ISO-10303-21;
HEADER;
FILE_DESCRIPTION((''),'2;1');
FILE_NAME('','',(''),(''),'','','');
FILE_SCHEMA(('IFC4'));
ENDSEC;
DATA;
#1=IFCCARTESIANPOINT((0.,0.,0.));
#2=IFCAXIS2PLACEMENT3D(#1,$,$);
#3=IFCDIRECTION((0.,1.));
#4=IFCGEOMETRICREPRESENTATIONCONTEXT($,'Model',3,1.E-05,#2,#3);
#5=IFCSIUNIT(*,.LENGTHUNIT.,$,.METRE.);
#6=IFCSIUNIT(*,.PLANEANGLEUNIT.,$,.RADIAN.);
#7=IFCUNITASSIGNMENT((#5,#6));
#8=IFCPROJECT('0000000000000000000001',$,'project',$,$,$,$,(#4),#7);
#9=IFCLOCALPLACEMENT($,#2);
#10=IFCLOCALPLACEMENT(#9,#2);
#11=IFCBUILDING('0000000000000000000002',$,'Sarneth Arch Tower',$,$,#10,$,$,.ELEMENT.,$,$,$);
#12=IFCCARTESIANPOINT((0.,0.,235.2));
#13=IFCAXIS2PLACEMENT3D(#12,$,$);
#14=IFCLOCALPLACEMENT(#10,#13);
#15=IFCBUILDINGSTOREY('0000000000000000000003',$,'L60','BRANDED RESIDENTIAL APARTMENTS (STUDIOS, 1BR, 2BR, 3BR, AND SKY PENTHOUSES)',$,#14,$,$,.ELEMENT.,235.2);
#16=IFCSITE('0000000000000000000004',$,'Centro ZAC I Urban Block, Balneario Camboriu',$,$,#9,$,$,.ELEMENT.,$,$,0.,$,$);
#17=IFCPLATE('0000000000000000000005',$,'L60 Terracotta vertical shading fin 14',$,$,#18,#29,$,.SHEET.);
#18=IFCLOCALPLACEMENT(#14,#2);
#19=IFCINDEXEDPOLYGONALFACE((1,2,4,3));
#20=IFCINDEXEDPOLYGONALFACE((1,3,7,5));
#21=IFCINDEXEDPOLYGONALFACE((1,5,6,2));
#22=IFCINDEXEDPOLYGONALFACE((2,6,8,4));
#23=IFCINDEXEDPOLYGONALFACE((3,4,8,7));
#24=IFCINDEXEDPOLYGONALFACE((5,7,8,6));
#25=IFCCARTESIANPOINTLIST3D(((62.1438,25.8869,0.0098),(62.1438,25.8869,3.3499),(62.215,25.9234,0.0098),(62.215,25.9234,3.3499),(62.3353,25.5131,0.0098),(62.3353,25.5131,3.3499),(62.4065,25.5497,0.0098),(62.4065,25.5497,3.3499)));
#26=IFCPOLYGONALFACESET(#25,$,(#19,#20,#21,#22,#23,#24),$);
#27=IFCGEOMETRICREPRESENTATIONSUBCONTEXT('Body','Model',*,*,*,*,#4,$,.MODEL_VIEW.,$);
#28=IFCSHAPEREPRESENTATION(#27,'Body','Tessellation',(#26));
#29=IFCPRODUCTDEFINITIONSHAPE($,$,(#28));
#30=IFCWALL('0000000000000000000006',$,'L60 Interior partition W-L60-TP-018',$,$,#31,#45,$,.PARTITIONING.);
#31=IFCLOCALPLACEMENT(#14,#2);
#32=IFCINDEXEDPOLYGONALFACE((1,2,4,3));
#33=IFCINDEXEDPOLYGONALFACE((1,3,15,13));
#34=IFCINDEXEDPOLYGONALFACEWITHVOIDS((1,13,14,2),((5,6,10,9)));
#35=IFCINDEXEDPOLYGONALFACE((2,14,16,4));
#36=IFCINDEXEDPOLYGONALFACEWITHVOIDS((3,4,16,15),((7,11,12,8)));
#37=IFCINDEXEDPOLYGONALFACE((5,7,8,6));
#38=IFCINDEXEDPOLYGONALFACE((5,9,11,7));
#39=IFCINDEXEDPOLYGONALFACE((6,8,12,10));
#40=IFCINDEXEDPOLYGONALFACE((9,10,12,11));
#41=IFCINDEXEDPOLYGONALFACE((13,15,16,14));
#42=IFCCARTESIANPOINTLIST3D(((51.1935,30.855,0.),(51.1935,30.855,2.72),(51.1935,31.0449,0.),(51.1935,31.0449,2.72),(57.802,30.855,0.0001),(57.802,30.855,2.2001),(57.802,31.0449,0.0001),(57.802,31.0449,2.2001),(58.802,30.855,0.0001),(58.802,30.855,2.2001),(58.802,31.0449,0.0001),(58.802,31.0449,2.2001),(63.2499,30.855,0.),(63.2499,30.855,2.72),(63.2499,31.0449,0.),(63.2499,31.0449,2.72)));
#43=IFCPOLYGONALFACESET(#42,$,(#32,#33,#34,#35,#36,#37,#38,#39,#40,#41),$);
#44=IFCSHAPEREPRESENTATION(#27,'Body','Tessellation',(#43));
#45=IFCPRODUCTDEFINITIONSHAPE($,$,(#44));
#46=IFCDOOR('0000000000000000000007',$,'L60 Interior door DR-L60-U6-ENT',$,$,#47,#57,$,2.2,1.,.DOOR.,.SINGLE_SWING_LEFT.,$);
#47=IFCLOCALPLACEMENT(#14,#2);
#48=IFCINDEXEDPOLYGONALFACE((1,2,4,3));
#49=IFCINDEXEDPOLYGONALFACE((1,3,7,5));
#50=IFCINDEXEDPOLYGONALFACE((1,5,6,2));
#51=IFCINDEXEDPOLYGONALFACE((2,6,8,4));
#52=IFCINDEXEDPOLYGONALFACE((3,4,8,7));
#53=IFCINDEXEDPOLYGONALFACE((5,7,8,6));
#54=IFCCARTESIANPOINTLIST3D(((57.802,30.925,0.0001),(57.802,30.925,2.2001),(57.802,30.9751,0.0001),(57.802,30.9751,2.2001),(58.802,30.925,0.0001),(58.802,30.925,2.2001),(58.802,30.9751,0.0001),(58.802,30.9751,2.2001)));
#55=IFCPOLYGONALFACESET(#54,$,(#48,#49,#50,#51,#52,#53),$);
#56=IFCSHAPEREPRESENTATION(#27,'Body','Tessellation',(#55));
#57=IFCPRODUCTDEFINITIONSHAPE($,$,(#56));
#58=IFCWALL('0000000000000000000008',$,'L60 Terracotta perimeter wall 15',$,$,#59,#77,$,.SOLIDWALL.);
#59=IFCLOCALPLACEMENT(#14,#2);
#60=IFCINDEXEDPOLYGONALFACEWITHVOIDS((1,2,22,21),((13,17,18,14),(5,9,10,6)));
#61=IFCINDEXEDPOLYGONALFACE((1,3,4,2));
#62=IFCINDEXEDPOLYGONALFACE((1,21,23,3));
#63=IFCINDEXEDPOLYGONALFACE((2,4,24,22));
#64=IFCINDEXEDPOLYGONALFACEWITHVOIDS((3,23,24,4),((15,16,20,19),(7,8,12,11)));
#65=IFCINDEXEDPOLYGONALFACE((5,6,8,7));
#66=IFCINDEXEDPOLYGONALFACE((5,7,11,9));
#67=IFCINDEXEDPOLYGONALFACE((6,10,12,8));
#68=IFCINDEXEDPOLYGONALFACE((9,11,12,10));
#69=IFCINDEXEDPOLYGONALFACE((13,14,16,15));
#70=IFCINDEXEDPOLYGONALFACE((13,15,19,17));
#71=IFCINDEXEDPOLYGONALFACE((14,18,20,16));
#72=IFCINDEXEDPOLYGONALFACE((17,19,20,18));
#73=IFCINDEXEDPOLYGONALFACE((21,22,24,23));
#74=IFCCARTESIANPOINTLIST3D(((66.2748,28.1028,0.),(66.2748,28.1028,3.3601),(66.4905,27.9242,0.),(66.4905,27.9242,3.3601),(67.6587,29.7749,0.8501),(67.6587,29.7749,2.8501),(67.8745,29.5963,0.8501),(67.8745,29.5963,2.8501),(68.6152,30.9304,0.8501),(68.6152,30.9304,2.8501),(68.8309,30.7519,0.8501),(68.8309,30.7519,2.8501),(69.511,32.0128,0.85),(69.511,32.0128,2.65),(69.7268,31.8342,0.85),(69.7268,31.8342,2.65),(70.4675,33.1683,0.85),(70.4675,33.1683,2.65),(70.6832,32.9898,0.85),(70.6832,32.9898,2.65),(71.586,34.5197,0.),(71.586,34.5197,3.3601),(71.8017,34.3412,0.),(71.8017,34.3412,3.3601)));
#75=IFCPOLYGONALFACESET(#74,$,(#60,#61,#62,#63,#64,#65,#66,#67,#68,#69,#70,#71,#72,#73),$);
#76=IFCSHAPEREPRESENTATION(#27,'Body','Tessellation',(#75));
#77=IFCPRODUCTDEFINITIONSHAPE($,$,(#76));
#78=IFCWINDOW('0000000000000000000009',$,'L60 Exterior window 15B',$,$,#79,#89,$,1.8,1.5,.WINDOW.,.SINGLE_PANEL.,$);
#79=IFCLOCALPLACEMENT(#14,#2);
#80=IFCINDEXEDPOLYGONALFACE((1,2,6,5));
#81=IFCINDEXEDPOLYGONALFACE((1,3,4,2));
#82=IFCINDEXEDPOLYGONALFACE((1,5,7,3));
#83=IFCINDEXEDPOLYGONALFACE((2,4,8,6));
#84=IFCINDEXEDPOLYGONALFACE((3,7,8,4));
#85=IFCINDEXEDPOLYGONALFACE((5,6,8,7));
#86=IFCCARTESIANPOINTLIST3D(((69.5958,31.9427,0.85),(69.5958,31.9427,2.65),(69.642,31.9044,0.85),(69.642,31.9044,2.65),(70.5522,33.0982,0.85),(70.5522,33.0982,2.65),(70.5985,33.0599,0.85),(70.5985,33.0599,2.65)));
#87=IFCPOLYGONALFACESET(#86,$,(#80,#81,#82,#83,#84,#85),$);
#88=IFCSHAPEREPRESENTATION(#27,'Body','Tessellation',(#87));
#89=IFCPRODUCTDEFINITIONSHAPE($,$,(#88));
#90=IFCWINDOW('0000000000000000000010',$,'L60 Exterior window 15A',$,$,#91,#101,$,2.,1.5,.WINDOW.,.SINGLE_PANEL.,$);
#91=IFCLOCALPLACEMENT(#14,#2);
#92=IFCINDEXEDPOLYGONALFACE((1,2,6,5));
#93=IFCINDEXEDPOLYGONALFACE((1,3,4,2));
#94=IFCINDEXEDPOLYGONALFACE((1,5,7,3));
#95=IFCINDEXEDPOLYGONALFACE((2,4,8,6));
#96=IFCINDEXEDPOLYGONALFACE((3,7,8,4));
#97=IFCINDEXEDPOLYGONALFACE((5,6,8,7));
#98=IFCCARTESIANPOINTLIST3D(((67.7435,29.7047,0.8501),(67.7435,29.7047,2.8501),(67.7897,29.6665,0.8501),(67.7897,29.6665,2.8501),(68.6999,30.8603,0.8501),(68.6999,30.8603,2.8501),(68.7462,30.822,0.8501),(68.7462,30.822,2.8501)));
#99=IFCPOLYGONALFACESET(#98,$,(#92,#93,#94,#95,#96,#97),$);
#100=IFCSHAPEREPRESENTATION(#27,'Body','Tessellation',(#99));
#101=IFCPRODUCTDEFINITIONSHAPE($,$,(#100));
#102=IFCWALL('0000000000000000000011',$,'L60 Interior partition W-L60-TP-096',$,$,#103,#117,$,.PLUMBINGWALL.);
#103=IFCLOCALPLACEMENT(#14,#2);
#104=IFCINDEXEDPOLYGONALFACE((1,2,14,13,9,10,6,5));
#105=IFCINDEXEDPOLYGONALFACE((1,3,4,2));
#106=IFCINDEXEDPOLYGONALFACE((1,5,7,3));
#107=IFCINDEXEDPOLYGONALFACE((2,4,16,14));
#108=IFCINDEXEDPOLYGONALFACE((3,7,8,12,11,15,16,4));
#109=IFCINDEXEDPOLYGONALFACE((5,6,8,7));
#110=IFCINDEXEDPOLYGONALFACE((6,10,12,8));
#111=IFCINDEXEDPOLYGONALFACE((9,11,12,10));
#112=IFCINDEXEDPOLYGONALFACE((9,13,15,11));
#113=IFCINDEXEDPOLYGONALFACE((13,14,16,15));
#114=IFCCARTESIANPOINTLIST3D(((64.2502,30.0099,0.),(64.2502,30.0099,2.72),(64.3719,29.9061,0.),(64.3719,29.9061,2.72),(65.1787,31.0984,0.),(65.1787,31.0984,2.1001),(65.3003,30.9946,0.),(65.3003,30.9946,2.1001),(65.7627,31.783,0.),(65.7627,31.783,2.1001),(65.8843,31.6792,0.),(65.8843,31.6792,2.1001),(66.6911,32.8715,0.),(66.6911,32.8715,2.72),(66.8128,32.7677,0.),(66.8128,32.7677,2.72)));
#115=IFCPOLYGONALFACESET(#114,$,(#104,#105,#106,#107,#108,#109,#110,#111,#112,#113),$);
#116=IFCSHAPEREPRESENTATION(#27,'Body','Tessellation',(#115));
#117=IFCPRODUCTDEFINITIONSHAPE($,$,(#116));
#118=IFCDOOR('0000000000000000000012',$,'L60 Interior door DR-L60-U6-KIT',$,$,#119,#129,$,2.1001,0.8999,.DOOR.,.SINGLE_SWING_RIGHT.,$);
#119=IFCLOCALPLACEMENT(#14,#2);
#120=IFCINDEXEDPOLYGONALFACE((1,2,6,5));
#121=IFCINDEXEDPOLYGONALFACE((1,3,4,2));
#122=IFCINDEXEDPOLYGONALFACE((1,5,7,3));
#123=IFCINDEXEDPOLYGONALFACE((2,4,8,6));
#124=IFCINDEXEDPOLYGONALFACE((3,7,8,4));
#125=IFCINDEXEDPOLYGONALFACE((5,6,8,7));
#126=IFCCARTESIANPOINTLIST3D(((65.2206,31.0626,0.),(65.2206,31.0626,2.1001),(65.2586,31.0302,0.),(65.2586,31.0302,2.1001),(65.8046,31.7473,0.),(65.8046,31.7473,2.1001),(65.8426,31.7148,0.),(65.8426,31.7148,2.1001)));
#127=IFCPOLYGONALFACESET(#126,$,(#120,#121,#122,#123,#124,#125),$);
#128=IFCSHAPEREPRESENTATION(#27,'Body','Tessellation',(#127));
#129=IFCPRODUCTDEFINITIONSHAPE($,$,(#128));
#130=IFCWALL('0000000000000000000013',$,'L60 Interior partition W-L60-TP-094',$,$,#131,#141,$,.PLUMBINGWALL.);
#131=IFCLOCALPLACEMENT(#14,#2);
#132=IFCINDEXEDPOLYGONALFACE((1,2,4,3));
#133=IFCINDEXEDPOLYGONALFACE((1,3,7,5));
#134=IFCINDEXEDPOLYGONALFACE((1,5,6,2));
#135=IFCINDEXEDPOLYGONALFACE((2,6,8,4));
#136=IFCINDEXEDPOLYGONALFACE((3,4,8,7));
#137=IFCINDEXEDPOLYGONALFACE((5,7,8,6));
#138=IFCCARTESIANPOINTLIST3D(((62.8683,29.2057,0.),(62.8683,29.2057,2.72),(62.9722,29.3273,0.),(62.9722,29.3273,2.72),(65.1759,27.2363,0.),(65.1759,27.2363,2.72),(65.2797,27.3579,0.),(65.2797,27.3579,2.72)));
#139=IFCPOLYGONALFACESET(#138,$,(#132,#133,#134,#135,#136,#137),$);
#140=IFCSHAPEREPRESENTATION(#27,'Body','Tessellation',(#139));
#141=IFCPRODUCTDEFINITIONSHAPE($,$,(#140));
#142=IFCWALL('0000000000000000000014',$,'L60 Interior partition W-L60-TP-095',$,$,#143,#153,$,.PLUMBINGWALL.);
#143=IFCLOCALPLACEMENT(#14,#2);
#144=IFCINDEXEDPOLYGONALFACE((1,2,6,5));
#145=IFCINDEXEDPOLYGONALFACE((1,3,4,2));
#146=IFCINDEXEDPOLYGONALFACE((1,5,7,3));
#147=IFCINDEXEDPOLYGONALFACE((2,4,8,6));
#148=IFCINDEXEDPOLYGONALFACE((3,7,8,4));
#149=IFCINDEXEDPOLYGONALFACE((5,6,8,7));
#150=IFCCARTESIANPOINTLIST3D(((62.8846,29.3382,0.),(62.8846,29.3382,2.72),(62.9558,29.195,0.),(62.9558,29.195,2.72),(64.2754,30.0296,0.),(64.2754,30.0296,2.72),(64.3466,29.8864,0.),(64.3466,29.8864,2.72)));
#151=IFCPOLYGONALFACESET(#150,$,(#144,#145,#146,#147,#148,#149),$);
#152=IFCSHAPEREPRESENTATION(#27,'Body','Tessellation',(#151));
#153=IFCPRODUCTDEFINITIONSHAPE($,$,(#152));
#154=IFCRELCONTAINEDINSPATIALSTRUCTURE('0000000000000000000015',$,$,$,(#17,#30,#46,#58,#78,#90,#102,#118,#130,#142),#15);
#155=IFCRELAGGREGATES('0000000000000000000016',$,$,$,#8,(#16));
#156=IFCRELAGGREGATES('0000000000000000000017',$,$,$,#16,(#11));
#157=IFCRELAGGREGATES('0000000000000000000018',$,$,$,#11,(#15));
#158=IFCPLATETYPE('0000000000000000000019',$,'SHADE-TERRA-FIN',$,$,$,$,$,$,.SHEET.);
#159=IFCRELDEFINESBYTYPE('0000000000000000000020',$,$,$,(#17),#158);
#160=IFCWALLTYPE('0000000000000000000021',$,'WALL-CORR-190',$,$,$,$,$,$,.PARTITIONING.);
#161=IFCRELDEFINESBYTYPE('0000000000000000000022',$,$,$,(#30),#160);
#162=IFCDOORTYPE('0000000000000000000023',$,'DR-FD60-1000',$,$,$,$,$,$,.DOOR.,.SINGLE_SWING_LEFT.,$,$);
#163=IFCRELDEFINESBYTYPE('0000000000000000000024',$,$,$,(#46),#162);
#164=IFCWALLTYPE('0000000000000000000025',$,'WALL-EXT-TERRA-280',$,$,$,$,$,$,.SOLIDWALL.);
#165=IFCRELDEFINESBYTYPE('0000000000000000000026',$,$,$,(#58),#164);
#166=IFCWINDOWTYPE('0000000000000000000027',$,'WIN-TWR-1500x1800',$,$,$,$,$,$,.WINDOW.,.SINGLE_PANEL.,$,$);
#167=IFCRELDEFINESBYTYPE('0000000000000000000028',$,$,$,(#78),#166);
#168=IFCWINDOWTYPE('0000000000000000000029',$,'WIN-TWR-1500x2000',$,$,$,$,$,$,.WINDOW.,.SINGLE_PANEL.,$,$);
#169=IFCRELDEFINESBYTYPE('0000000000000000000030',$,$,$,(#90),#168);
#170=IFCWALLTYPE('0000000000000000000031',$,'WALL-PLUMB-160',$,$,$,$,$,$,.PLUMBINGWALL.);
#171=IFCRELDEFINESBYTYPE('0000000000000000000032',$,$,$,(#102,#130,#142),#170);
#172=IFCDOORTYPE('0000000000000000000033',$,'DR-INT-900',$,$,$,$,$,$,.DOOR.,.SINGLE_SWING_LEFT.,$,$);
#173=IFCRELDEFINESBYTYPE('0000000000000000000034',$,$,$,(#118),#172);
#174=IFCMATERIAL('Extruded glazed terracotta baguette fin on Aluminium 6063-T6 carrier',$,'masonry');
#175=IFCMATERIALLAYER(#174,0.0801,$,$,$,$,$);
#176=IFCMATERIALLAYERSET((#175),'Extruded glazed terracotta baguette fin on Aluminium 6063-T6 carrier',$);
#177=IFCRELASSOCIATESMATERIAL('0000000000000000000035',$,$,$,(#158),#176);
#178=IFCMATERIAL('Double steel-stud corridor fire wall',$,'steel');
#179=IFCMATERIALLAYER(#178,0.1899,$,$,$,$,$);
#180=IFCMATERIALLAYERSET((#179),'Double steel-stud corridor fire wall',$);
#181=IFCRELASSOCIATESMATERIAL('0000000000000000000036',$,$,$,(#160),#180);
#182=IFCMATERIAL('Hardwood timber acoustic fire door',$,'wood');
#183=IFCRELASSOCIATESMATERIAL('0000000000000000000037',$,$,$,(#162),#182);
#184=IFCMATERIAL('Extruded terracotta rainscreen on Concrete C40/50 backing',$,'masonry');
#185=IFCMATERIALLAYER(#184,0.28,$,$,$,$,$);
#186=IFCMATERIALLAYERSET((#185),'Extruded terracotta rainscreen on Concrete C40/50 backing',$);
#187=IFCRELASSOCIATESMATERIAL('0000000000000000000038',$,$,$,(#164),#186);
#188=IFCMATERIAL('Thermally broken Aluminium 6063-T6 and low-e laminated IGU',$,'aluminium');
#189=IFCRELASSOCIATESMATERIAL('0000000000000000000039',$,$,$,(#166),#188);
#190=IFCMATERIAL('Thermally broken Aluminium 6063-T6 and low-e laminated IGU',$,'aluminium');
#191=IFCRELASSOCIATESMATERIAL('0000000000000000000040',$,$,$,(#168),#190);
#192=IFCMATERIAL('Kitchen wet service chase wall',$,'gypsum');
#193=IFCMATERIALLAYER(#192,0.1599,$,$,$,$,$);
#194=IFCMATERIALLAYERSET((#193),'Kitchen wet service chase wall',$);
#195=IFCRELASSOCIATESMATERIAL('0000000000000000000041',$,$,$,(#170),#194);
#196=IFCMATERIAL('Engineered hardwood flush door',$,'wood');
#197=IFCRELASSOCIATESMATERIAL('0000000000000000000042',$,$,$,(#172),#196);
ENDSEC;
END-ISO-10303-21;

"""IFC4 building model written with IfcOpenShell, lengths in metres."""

from ifc_helpers import new_model, si_unit, direction, frame, frame_2d, origin, origin_2d, place, context, subcontext, project, spatial, rectangle, extrude, material, layer, layer_set, type_object, element, fill, save


model = new_model("IFC4")

# Units and contexts
model_context = context("Model", 3, precision=1e-05, world=origin(), true_north=direction((0.0, 1.0)))
body_context = subcontext(model_context, "Body", "Model", "MODEL_VIEW")
ifc_project = project(units=[si_unit("LENGTHUNIT", "METRE"), si_unit("PLANEANGLEUNIT", "RADIAN")], contexts=[model_context])

# Site, building, storey
site_placement = place(None, origin())
site = spatial("IfcSite", under=ifc_project, at=site_placement, Name="Centro ZAC I Urban Block, Balneario Camboriu", CompositionType="ELEMENT", RefElevation=0.0)
building_placement = place(site_placement, origin())
building = spatial("IfcBuilding", under=site, at=building_placement, Name="Sarneth Arch Tower", CompositionType="ELEMENT")
storey_placement = place(building_placement, frame((0.0, 0.0, 235.2)))
storey = spatial("IfcBuildingStorey", under=building, at=storey_placement, Name="L60", Description="BRANDED RESIDENTIAL APARTMENTS (STUDIOS, 1BR, 2BR, 3BR, AND SKY PENTHOUSES)", CompositionType="ELEMENT", Elevation=235.2)

# Plate
ifc_material_1 = material(Name="Extruded glazed terracotta baguette fin on Aluminium 6063-T6 carrier", Category="masonry")
ifc_layer_1 = layer(ifc_material_1, 0.0801)
ifc_layer_set_1 = layer_set([ifc_layer_1], Name="Extruded glazed terracotta baguette fin on Aluminium 6063-T6 carrier")
plate_type_1 = type_object("IfcPlateType", Name="SHADE-TERRA-FIN", PredefinedType="SHEET", material=ifc_layer_set_1)
plate_1_placement = place(storey_placement, frame((62.2751, 25.7183, 0.0098), z_axis=(0.0, 0.0, 1.0), x_axis=(0.456011, -0.889974, 0.0)))
element("IfcPlate", 1, at=plate_1_placement, inside=storey, type_object=plate_type_1, Name="L60 Terracotta vertical shading fin 14", PredefinedType="SHEET", context=body_context, shape_type="SweptSolid", body=[
    extrude(rectangle(XDim=0.4199, YDim=0.0801, at=origin_2d()), origin(), (0.0, 0.0, 1.0), 3.3401),
])

# Wall, opening, door
ifc_material_2 = material(Name="Double steel-stud corridor fire wall", Category="steel")
ifc_layer_2 = layer(ifc_material_2, 0.1899)
ifc_layer_set_2 = layer_set([ifc_layer_2], Name="Double steel-stud corridor fire wall")
wall_type_1 = type_object("IfcWallType", Name="WALL-CORR-190", PredefinedType="PARTITIONING", material=ifc_layer_set_2)
wall_1_placement = place(storey_placement, frame((63.25, 30.95, 0.0), z_axis=(0.0, 0.0, 1.0), x_axis=(-1.0, 0.0, 0.0)))
wall_1 = element("IfcWall", 2, at=wall_1_placement, inside=storey, type_object=wall_type_1, Name="L60 Interior partition W-L60-TP-018", PredefinedType="PARTITIONING", context=body_context, shape_type="SweptSolid", body=[
    extrude(rectangle(XDim=12.0564, YDim=0.1899, at=frame_2d((6.0283, 0.0))), origin(), (0.0, 0.0, 1.0), 2.72),
])
opening_1_placement = place(wall_1_placement, frame((4.448, 0.0, 0.0)))
opening_1 = element("IfcOpeningElement", 3, at=opening_1_placement, cuts=wall_1, PredefinedType="OPENING", context=body_context, shape_type="SweptSolid", body=[
    extrude(rectangle(XDim=1.0, YDim=2.2, at=frame_2d((0.5, 1.1001))), frame((0.0, 0.105, 0.0), z_axis=(0.0, -1.0, 0.0), x_axis=(1.0, 0.0, 0.0)), (0.0, 0.0, 1.0), 0.21),
])
ifc_material_3 = material(Name="Hardwood timber acoustic fire door", Category="wood")
door_type_1 = type_object("IfcDoorType", Name="DR-FD60-1000", OperationType="SINGLE_SWING_LEFT", PredefinedType="DOOR", material=ifc_material_3)
door_1_placement = place(opening_1_placement, origin())
door_1 = element("IfcDoor", 4, at=door_1_placement, inside=storey, type_object=door_type_1, Name="L60 Interior door DR-L60-U6-ENT", OperationType="SINGLE_SWING_LEFT", OverallHeight=2.2, OverallWidth=1.0, PredefinedType="DOOR", context=body_context, shape_type="SweptSolid", body=[
    extrude(rectangle(XDim=1.0, YDim=2.2, at=frame_2d((0.5, 1.1001))), frame((0.0, 0.0249, 0.0), z_axis=(0.0, -1.0, 0.0), x_axis=(1.0, 0.0, 0.0)), (0.0, 0.0, 1.0), 0.05),
])
fill(opening_1, door_1)

# Wall, openings, windows
ifc_material_4 = material(Name="Extruded terracotta rainscreen on Concrete C40/50 backing", Category="masonry")
ifc_layer_3 = layer(ifc_material_4, 0.28)
ifc_layer_set_3 = layer_set([ifc_layer_3], Name="Extruded terracotta rainscreen on Concrete C40/50 backing")
wall_type_2 = type_object("IfcWallType", Name="WALL-EXT-TERRA-280", PredefinedType="SOLIDWALL", material=ifc_layer_set_3)
wall_2_placement = place(storey_placement, frame((66.3826, 28.0134, 0.0), z_axis=(0.0, 0.0, 1.0), x_axis=(0.637615, 0.770355, 0.0)))
wall_2 = element("IfcWall", 5, at=wall_2_placement, inside=storey, type_object=wall_type_2, Name="L60 Terracotta perimeter wall 15", PredefinedType="SOLIDWALL", context=body_context, shape_type="SweptSolid", body=[
    extrude(rectangle(XDim=8.3298, YDim=0.28, at=frame_2d((4.165, 0.0))), origin(), (0.0, 0.0, 1.0), 3.3601),
])
opening_2_placement = place(wall_2_placement, frame((2.1707, 0.0, 0.8501)))
opening_2 = element("IfcOpeningElement", 6, at=opening_2_placement, cuts=wall_2, PredefinedType="OPENING", context=body_context, shape_type="SweptSolid", body=[
    extrude(rectangle(XDim=1.5, YDim=2.0, at=frame_2d((0.75, 1.0))), frame((0.0, 0.1499, 0.0), z_axis=(0.0, -1.0, 0.0), x_axis=(1.0, 0.0, 0.0)), (0.0, 0.0, 1.0), 0.3),
])
opening_3_placement = place(wall_2_placement, frame((5.0757, 0.0, 0.8501)))
opening_3 = element("IfcOpeningElement", 7, at=opening_3_placement, cuts=wall_2, PredefinedType="OPENING", context=body_context, shape_type="SweptSolid", body=[
    extrude(rectangle(XDim=1.5, YDim=1.8, at=frame_2d((0.75, 0.8999))), frame((0.0, 0.1499, 0.0), z_axis=(0.0, -1.0, 0.0), x_axis=(1.0, 0.0, 0.0)), (0.0, 0.0, 1.0), 0.3),
])
ifc_material_5 = material(Name="Thermally broken Aluminium 6063-T6 and low-e laminated IGU", Category="aluminium")
window_type_1 = type_object("IfcWindowType", Name="WIN-TWR-1500x1800", PartitioningType="SINGLE_PANEL", PredefinedType="WINDOW", material=ifc_material_5)
window_1_placement = place(opening_3_placement, origin())
window_1 = element("IfcWindow", 8, at=window_1_placement, inside=storey, type_object=window_type_1, Name="L60 Exterior window 15B", OverallHeight=1.8, OverallWidth=1.5, PartitioningType="SINGLE_PANEL", PredefinedType="WINDOW", context=body_context, shape_type="SweptSolid", body=[
    extrude(rectangle(XDim=1.5, YDim=1.8, at=frame_2d((0.75, 0.8999))), frame((0.0, 0.03, 0.0), z_axis=(0.0, -1.0, 0.0), x_axis=(1.0, 0.0, 0.0)), (0.0, 0.0, 1.0), 0.0601),
])
fill(opening_3, window_1)
ifc_material_6 = material(Name="Thermally broken Aluminium 6063-T6 and low-e laminated IGU", Category="aluminium")
window_type_2 = type_object("IfcWindowType", Name="WIN-TWR-1500x2000", PartitioningType="SINGLE_PANEL", PredefinedType="WINDOW", material=ifc_material_6)
window_2_placement = place(opening_2_placement, origin())
window_2 = element("IfcWindow", 9, at=window_2_placement, inside=storey, type_object=window_type_2, Name="L60 Exterior window 15A", OverallHeight=2.0, OverallWidth=1.5, PartitioningType="SINGLE_PANEL", PredefinedType="WINDOW", context=body_context, shape_type="SweptSolid", body=[
    extrude(rectangle(XDim=1.5, YDim=2.0, at=frame_2d((0.75, 1.0))), frame((0.0, 0.03, 0.0), z_axis=(0.0, -1.0, 0.0), x_axis=(1.0, 0.0, 0.0)), (0.0, 0.0, 1.0), 0.0601),
])
fill(opening_2, window_2)

# Wall, opening, door
ifc_material_7 = material(Name="Kitchen wet service chase wall", Category="gypsum")
ifc_layer_4 = layer(ifc_material_7, 0.1599)
ifc_layer_set_4 = layer_set([ifc_layer_4], Name="Kitchen wet service chase wall")
wall_type_3 = type_object("IfcWallType", Name="WALL-PLUMB-160", PredefinedType="PLUMBINGWALL", material=ifc_layer_set_4)
wall_3_placement = place(storey_placement, frame((64.311, 29.958, 0.0), z_axis=(0.0, 0.0, 1.0), x_axis=(0.648972, 0.760812, 0.0)))
wall_3 = element("IfcWall", 10, at=wall_3_placement, inside=storey, type_object=wall_type_3, Name="L60 Interior partition W-L60-TP-096", PredefinedType="PLUMBINGWALL", context=body_context, shape_type="SweptSolid", body=[
    extrude(rectangle(XDim=3.7612, YDim=0.1599, at=frame_2d((1.8806, 0.0))), origin(), (0.0, 0.0, 1.0), 2.72),
])
opening_4_placement = place(wall_3_placement, frame((1.4307, 0.0, 0.0)))
opening_4 = element("IfcOpeningElement", 11, at=opening_4_placement, cuts=wall_3, PredefinedType="OPENING", context=body_context, shape_type="SweptSolid", body=[
    extrude(rectangle(XDim=0.8999, YDim=2.1001, at=frame_2d((0.45, 1.05))), frame((0.0, 0.0898, 0.0), z_axis=(0.0, -1.0, 0.0), x_axis=(1.0, 0.0, 0.0)), (0.0, 0.0, 1.0), 0.1799),
])
ifc_material_8 = material(Name="Engineered hardwood flush door", Category="wood")
door_type_2 = type_object("IfcDoorType", Name="DR-INT-900", OperationType="SINGLE_SWING_LEFT", PredefinedType="DOOR", material=ifc_material_8)
door_2_placement = place(opening_4_placement, origin())
door_2 = element("IfcDoor", 12, at=door_2_placement, inside=storey, type_object=door_type_2, Name="L60 Interior door DR-L60-U6-KIT", OperationType="SINGLE_SWING_RIGHT", OverallHeight=2.1001, OverallWidth=0.8999, PredefinedType="DOOR", context=body_context, shape_type="SweptSolid", body=[
    extrude(rectangle(XDim=0.8999, YDim=2.1001, at=frame_2d((0.45, 1.05))), frame((0.0, 0.0249, 0.0), z_axis=(0.0, -1.0, 0.0), x_axis=(1.0, 0.0, 0.0)), (0.0, 0.0, 1.0), 0.05),
])
fill(opening_4, door_2)

# Walls
wall_4_placement = place(storey_placement, frame((65.2278, 27.2971, 0.0), z_axis=(0.0, 0.0, 1.0), x_axis=(-0.760635, 0.649179, 0.0)))
element("IfcWall", 13, at=wall_4_placement, inside=storey, type_object=wall_type_3, Name="L60 Interior partition W-L60-TP-094", PredefinedType="PLUMBINGWALL", context=body_context, shape_type="SweptSolid", body=[
    extrude(rectangle(XDim=3.0337, YDim=0.1599, at=frame_2d((1.5168, 0.0))), origin(), (0.0, 0.0, 1.0), 2.72),
])
wall_5_placement = place(storey_placement, frame((62.9202, 29.2666, 0.0), z_axis=(0.0, 0.0, 1.0), x_axis=(0.895462, 0.445138, 0.0)))
element("IfcWall", 14, at=wall_5_placement, inside=storey, type_object=wall_type_3, Name="L60 Interior partition W-L60-TP-095", PredefinedType="PLUMBINGWALL", context=body_context, shape_type="SweptSolid", body=[
    extrude(rectangle(XDim=1.5532, YDim=0.1599, at=frame_2d((0.7766, 0.0))), origin(), (0.0, 0.0, 1.0), 2.72),
])

save(model, "model.ifc")
